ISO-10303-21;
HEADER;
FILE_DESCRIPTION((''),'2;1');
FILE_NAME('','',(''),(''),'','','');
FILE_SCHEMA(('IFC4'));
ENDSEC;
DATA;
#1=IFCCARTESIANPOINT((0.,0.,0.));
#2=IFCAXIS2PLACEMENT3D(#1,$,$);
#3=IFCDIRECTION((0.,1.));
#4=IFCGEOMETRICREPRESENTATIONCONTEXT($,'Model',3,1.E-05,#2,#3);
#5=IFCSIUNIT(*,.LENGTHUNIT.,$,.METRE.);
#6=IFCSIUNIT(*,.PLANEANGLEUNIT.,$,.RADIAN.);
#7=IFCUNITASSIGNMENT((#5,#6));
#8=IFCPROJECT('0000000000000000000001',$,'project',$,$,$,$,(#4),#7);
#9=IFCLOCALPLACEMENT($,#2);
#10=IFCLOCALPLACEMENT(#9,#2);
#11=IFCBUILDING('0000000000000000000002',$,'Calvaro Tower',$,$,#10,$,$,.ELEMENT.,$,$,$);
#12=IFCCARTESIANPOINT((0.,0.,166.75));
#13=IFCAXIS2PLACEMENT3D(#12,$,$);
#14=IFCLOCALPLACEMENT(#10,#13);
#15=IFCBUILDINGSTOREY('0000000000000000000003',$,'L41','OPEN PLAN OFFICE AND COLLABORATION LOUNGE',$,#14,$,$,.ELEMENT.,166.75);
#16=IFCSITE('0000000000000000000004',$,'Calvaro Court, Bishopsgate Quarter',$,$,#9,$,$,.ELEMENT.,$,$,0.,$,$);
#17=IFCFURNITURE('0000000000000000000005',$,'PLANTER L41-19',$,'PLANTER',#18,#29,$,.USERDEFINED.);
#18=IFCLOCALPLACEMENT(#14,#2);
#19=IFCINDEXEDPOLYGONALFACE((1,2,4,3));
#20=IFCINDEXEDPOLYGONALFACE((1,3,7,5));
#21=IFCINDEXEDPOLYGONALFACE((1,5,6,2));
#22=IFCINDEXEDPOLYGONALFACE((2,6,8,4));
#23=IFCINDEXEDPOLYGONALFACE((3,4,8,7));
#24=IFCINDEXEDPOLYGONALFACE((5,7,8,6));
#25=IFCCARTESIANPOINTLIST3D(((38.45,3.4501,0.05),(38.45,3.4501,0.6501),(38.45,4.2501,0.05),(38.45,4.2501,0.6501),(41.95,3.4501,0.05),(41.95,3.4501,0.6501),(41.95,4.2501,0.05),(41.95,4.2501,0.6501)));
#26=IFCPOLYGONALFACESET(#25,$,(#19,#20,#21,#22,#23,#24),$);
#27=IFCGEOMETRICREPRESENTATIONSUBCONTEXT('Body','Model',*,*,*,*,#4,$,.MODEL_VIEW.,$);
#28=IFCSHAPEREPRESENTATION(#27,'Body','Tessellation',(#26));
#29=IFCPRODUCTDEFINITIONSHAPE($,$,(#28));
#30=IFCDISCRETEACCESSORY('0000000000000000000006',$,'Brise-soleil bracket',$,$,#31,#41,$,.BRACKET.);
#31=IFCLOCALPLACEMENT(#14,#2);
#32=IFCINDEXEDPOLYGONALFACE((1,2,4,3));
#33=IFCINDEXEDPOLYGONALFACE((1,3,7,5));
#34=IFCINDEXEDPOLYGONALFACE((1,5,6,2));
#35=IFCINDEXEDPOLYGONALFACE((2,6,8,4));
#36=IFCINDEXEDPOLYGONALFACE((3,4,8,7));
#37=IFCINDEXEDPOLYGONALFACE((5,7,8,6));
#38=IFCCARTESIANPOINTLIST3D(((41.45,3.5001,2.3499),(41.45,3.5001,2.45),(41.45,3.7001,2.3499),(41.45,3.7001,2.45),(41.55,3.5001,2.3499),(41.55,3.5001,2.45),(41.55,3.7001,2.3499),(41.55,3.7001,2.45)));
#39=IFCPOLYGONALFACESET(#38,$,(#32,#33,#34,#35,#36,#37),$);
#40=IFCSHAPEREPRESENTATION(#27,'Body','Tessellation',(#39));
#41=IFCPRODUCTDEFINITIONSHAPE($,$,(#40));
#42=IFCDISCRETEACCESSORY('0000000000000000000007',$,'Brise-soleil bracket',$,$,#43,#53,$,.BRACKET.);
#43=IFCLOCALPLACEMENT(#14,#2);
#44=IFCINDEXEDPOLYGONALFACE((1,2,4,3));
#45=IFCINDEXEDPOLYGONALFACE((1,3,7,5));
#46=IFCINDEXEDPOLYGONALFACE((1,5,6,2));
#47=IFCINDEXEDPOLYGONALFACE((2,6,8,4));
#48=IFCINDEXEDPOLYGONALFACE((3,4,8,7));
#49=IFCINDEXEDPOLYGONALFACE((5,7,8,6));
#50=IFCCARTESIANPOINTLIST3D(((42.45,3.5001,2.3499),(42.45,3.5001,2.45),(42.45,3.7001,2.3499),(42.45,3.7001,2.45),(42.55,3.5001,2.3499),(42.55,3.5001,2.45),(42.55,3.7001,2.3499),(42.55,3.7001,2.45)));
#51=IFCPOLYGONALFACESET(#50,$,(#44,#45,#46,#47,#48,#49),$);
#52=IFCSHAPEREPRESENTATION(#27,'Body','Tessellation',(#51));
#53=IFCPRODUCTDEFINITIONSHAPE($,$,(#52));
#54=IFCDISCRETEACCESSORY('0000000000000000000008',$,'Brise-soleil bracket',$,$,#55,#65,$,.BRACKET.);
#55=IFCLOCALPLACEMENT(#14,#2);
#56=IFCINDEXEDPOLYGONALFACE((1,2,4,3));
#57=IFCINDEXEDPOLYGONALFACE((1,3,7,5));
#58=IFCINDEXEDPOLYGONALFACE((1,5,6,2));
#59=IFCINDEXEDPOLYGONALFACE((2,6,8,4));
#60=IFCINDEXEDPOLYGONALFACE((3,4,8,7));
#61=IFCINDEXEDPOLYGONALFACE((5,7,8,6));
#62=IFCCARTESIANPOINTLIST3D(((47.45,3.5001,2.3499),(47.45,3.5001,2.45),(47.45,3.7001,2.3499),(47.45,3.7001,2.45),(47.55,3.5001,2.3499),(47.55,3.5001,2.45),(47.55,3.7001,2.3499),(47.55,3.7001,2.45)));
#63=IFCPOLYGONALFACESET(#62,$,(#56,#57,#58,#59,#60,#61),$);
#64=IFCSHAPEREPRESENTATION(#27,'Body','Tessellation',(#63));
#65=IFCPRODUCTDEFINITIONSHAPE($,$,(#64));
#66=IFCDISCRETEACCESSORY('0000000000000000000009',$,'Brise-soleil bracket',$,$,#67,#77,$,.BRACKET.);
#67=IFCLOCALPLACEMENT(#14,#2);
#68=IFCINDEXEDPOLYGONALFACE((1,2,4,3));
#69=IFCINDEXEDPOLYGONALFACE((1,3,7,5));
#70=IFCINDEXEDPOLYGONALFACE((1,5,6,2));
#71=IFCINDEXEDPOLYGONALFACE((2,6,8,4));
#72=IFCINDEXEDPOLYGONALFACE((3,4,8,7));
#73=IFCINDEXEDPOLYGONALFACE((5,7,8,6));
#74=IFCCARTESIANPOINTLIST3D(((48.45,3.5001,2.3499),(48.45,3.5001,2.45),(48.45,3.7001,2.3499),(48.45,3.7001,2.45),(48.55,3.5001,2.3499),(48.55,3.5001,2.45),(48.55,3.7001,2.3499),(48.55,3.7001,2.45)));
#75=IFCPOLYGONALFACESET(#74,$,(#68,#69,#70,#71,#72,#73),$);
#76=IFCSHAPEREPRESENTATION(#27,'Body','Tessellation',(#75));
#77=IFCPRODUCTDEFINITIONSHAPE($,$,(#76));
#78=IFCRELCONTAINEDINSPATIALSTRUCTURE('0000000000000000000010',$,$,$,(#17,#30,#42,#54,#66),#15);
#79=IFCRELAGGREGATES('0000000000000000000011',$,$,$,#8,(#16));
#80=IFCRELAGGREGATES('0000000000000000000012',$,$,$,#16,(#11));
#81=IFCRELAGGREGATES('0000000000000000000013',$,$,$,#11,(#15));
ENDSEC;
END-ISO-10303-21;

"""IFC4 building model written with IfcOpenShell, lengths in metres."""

from ifc_helpers import new_model, si_unit, direction, frame, origin, origin_2d, place, context, subcontext, project, spatial, rectangle, extrude, element, save


model = new_model("IFC4")

# Units and contexts
model_context = context("Model", 3, precision=1e-05, world=origin(), true_north=direction((0.0, 1.0)))
body_context = subcontext(model_context, "Body", "Model", "MODEL_VIEW")
ifc_project = project(units=[si_unit("LENGTHUNIT", "METRE"), si_unit("PLANEANGLEUNIT", "RADIAN")], contexts=[model_context])

# Site, building, storey
site_placement = place(None, origin())
site = spatial("IfcSite", under=ifc_project, at=site_placement, Name="Calvaro Court, Bishopsgate Quarter", CompositionType="ELEMENT", RefElevation=0.0)
building_placement = place(site_placement, origin())
building = spatial("IfcBuilding", under=site, at=building_placement, Name="Calvaro Tower", CompositionType="ELEMENT")
storey_placement = place(building_placement, frame((0.0, 0.0, 166.75)))
storey = spatial("IfcBuildingStorey", under=building, at=storey_placement, Name="L41", Description="OPEN PLAN OFFICE AND COLLABORATION LOUNGE", CompositionType="ELEMENT", Elevation=166.75)

# Furniture
for number, where, z_axis, x_axis, name in (
    (1, (40.2, 3.8501, 0.05), (0.0, 0.0, 1.0), (1.0, 0.0, 0.0), "PLANTER L41-19"),
):
    element("IfcFurniture", number, at=place(storey_placement, frame(where, z_axis=z_axis, x_axis=x_axis)), inside=storey, Name=name, ObjectType="PLANTER", PredefinedType="USERDEFINED", context=body_context, shape_type="SweptSolid", body=[
        extrude(rectangle(XDim=3.5, YDim=0.8, at=origin_2d()), origin(), (0.0, 0.0, 1.0), 0.6001),
    ])

# Discrete accessories
for number, where, z_axis, x_axis, name in (
    (2, (41.5, 3.6001, 2.3499), (0.0, 0.0, 1.0), (1.0, 0.0, 0.0), "Brise-soleil bracket"),
    (3, (42.5, 3.6001, 2.3499), (0.0, 0.0, 1.0), (1.0, 0.0, 0.0), "Brise-soleil bracket"),
    (4, (47.5, 3.6001, 2.3499), (0.0, 0.0, 1.0), (1.0, 0.0, 0.0), "Brise-soleil bracket"),
    (5, (48.5, 3.6001, 2.3499), (0.0, 0.0, 1.0), (1.0, 0.0, 0.0), "Brise-soleil bracket"),
):
    element("IfcDiscreteAccessory", number, at=place(storey_placement, frame(where, z_axis=z_axis, x_axis=x_axis)), inside=storey, Name=name, PredefinedType="BRACKET", context=body_context, shape_type="SweptSolid", body=[
        extrude(rectangle(XDim=0.1001, YDim=0.2, at=origin_2d()), origin(), (0.0, 0.0, 1.0), 0.1001),
    ])

save(model, "model.ifc")
